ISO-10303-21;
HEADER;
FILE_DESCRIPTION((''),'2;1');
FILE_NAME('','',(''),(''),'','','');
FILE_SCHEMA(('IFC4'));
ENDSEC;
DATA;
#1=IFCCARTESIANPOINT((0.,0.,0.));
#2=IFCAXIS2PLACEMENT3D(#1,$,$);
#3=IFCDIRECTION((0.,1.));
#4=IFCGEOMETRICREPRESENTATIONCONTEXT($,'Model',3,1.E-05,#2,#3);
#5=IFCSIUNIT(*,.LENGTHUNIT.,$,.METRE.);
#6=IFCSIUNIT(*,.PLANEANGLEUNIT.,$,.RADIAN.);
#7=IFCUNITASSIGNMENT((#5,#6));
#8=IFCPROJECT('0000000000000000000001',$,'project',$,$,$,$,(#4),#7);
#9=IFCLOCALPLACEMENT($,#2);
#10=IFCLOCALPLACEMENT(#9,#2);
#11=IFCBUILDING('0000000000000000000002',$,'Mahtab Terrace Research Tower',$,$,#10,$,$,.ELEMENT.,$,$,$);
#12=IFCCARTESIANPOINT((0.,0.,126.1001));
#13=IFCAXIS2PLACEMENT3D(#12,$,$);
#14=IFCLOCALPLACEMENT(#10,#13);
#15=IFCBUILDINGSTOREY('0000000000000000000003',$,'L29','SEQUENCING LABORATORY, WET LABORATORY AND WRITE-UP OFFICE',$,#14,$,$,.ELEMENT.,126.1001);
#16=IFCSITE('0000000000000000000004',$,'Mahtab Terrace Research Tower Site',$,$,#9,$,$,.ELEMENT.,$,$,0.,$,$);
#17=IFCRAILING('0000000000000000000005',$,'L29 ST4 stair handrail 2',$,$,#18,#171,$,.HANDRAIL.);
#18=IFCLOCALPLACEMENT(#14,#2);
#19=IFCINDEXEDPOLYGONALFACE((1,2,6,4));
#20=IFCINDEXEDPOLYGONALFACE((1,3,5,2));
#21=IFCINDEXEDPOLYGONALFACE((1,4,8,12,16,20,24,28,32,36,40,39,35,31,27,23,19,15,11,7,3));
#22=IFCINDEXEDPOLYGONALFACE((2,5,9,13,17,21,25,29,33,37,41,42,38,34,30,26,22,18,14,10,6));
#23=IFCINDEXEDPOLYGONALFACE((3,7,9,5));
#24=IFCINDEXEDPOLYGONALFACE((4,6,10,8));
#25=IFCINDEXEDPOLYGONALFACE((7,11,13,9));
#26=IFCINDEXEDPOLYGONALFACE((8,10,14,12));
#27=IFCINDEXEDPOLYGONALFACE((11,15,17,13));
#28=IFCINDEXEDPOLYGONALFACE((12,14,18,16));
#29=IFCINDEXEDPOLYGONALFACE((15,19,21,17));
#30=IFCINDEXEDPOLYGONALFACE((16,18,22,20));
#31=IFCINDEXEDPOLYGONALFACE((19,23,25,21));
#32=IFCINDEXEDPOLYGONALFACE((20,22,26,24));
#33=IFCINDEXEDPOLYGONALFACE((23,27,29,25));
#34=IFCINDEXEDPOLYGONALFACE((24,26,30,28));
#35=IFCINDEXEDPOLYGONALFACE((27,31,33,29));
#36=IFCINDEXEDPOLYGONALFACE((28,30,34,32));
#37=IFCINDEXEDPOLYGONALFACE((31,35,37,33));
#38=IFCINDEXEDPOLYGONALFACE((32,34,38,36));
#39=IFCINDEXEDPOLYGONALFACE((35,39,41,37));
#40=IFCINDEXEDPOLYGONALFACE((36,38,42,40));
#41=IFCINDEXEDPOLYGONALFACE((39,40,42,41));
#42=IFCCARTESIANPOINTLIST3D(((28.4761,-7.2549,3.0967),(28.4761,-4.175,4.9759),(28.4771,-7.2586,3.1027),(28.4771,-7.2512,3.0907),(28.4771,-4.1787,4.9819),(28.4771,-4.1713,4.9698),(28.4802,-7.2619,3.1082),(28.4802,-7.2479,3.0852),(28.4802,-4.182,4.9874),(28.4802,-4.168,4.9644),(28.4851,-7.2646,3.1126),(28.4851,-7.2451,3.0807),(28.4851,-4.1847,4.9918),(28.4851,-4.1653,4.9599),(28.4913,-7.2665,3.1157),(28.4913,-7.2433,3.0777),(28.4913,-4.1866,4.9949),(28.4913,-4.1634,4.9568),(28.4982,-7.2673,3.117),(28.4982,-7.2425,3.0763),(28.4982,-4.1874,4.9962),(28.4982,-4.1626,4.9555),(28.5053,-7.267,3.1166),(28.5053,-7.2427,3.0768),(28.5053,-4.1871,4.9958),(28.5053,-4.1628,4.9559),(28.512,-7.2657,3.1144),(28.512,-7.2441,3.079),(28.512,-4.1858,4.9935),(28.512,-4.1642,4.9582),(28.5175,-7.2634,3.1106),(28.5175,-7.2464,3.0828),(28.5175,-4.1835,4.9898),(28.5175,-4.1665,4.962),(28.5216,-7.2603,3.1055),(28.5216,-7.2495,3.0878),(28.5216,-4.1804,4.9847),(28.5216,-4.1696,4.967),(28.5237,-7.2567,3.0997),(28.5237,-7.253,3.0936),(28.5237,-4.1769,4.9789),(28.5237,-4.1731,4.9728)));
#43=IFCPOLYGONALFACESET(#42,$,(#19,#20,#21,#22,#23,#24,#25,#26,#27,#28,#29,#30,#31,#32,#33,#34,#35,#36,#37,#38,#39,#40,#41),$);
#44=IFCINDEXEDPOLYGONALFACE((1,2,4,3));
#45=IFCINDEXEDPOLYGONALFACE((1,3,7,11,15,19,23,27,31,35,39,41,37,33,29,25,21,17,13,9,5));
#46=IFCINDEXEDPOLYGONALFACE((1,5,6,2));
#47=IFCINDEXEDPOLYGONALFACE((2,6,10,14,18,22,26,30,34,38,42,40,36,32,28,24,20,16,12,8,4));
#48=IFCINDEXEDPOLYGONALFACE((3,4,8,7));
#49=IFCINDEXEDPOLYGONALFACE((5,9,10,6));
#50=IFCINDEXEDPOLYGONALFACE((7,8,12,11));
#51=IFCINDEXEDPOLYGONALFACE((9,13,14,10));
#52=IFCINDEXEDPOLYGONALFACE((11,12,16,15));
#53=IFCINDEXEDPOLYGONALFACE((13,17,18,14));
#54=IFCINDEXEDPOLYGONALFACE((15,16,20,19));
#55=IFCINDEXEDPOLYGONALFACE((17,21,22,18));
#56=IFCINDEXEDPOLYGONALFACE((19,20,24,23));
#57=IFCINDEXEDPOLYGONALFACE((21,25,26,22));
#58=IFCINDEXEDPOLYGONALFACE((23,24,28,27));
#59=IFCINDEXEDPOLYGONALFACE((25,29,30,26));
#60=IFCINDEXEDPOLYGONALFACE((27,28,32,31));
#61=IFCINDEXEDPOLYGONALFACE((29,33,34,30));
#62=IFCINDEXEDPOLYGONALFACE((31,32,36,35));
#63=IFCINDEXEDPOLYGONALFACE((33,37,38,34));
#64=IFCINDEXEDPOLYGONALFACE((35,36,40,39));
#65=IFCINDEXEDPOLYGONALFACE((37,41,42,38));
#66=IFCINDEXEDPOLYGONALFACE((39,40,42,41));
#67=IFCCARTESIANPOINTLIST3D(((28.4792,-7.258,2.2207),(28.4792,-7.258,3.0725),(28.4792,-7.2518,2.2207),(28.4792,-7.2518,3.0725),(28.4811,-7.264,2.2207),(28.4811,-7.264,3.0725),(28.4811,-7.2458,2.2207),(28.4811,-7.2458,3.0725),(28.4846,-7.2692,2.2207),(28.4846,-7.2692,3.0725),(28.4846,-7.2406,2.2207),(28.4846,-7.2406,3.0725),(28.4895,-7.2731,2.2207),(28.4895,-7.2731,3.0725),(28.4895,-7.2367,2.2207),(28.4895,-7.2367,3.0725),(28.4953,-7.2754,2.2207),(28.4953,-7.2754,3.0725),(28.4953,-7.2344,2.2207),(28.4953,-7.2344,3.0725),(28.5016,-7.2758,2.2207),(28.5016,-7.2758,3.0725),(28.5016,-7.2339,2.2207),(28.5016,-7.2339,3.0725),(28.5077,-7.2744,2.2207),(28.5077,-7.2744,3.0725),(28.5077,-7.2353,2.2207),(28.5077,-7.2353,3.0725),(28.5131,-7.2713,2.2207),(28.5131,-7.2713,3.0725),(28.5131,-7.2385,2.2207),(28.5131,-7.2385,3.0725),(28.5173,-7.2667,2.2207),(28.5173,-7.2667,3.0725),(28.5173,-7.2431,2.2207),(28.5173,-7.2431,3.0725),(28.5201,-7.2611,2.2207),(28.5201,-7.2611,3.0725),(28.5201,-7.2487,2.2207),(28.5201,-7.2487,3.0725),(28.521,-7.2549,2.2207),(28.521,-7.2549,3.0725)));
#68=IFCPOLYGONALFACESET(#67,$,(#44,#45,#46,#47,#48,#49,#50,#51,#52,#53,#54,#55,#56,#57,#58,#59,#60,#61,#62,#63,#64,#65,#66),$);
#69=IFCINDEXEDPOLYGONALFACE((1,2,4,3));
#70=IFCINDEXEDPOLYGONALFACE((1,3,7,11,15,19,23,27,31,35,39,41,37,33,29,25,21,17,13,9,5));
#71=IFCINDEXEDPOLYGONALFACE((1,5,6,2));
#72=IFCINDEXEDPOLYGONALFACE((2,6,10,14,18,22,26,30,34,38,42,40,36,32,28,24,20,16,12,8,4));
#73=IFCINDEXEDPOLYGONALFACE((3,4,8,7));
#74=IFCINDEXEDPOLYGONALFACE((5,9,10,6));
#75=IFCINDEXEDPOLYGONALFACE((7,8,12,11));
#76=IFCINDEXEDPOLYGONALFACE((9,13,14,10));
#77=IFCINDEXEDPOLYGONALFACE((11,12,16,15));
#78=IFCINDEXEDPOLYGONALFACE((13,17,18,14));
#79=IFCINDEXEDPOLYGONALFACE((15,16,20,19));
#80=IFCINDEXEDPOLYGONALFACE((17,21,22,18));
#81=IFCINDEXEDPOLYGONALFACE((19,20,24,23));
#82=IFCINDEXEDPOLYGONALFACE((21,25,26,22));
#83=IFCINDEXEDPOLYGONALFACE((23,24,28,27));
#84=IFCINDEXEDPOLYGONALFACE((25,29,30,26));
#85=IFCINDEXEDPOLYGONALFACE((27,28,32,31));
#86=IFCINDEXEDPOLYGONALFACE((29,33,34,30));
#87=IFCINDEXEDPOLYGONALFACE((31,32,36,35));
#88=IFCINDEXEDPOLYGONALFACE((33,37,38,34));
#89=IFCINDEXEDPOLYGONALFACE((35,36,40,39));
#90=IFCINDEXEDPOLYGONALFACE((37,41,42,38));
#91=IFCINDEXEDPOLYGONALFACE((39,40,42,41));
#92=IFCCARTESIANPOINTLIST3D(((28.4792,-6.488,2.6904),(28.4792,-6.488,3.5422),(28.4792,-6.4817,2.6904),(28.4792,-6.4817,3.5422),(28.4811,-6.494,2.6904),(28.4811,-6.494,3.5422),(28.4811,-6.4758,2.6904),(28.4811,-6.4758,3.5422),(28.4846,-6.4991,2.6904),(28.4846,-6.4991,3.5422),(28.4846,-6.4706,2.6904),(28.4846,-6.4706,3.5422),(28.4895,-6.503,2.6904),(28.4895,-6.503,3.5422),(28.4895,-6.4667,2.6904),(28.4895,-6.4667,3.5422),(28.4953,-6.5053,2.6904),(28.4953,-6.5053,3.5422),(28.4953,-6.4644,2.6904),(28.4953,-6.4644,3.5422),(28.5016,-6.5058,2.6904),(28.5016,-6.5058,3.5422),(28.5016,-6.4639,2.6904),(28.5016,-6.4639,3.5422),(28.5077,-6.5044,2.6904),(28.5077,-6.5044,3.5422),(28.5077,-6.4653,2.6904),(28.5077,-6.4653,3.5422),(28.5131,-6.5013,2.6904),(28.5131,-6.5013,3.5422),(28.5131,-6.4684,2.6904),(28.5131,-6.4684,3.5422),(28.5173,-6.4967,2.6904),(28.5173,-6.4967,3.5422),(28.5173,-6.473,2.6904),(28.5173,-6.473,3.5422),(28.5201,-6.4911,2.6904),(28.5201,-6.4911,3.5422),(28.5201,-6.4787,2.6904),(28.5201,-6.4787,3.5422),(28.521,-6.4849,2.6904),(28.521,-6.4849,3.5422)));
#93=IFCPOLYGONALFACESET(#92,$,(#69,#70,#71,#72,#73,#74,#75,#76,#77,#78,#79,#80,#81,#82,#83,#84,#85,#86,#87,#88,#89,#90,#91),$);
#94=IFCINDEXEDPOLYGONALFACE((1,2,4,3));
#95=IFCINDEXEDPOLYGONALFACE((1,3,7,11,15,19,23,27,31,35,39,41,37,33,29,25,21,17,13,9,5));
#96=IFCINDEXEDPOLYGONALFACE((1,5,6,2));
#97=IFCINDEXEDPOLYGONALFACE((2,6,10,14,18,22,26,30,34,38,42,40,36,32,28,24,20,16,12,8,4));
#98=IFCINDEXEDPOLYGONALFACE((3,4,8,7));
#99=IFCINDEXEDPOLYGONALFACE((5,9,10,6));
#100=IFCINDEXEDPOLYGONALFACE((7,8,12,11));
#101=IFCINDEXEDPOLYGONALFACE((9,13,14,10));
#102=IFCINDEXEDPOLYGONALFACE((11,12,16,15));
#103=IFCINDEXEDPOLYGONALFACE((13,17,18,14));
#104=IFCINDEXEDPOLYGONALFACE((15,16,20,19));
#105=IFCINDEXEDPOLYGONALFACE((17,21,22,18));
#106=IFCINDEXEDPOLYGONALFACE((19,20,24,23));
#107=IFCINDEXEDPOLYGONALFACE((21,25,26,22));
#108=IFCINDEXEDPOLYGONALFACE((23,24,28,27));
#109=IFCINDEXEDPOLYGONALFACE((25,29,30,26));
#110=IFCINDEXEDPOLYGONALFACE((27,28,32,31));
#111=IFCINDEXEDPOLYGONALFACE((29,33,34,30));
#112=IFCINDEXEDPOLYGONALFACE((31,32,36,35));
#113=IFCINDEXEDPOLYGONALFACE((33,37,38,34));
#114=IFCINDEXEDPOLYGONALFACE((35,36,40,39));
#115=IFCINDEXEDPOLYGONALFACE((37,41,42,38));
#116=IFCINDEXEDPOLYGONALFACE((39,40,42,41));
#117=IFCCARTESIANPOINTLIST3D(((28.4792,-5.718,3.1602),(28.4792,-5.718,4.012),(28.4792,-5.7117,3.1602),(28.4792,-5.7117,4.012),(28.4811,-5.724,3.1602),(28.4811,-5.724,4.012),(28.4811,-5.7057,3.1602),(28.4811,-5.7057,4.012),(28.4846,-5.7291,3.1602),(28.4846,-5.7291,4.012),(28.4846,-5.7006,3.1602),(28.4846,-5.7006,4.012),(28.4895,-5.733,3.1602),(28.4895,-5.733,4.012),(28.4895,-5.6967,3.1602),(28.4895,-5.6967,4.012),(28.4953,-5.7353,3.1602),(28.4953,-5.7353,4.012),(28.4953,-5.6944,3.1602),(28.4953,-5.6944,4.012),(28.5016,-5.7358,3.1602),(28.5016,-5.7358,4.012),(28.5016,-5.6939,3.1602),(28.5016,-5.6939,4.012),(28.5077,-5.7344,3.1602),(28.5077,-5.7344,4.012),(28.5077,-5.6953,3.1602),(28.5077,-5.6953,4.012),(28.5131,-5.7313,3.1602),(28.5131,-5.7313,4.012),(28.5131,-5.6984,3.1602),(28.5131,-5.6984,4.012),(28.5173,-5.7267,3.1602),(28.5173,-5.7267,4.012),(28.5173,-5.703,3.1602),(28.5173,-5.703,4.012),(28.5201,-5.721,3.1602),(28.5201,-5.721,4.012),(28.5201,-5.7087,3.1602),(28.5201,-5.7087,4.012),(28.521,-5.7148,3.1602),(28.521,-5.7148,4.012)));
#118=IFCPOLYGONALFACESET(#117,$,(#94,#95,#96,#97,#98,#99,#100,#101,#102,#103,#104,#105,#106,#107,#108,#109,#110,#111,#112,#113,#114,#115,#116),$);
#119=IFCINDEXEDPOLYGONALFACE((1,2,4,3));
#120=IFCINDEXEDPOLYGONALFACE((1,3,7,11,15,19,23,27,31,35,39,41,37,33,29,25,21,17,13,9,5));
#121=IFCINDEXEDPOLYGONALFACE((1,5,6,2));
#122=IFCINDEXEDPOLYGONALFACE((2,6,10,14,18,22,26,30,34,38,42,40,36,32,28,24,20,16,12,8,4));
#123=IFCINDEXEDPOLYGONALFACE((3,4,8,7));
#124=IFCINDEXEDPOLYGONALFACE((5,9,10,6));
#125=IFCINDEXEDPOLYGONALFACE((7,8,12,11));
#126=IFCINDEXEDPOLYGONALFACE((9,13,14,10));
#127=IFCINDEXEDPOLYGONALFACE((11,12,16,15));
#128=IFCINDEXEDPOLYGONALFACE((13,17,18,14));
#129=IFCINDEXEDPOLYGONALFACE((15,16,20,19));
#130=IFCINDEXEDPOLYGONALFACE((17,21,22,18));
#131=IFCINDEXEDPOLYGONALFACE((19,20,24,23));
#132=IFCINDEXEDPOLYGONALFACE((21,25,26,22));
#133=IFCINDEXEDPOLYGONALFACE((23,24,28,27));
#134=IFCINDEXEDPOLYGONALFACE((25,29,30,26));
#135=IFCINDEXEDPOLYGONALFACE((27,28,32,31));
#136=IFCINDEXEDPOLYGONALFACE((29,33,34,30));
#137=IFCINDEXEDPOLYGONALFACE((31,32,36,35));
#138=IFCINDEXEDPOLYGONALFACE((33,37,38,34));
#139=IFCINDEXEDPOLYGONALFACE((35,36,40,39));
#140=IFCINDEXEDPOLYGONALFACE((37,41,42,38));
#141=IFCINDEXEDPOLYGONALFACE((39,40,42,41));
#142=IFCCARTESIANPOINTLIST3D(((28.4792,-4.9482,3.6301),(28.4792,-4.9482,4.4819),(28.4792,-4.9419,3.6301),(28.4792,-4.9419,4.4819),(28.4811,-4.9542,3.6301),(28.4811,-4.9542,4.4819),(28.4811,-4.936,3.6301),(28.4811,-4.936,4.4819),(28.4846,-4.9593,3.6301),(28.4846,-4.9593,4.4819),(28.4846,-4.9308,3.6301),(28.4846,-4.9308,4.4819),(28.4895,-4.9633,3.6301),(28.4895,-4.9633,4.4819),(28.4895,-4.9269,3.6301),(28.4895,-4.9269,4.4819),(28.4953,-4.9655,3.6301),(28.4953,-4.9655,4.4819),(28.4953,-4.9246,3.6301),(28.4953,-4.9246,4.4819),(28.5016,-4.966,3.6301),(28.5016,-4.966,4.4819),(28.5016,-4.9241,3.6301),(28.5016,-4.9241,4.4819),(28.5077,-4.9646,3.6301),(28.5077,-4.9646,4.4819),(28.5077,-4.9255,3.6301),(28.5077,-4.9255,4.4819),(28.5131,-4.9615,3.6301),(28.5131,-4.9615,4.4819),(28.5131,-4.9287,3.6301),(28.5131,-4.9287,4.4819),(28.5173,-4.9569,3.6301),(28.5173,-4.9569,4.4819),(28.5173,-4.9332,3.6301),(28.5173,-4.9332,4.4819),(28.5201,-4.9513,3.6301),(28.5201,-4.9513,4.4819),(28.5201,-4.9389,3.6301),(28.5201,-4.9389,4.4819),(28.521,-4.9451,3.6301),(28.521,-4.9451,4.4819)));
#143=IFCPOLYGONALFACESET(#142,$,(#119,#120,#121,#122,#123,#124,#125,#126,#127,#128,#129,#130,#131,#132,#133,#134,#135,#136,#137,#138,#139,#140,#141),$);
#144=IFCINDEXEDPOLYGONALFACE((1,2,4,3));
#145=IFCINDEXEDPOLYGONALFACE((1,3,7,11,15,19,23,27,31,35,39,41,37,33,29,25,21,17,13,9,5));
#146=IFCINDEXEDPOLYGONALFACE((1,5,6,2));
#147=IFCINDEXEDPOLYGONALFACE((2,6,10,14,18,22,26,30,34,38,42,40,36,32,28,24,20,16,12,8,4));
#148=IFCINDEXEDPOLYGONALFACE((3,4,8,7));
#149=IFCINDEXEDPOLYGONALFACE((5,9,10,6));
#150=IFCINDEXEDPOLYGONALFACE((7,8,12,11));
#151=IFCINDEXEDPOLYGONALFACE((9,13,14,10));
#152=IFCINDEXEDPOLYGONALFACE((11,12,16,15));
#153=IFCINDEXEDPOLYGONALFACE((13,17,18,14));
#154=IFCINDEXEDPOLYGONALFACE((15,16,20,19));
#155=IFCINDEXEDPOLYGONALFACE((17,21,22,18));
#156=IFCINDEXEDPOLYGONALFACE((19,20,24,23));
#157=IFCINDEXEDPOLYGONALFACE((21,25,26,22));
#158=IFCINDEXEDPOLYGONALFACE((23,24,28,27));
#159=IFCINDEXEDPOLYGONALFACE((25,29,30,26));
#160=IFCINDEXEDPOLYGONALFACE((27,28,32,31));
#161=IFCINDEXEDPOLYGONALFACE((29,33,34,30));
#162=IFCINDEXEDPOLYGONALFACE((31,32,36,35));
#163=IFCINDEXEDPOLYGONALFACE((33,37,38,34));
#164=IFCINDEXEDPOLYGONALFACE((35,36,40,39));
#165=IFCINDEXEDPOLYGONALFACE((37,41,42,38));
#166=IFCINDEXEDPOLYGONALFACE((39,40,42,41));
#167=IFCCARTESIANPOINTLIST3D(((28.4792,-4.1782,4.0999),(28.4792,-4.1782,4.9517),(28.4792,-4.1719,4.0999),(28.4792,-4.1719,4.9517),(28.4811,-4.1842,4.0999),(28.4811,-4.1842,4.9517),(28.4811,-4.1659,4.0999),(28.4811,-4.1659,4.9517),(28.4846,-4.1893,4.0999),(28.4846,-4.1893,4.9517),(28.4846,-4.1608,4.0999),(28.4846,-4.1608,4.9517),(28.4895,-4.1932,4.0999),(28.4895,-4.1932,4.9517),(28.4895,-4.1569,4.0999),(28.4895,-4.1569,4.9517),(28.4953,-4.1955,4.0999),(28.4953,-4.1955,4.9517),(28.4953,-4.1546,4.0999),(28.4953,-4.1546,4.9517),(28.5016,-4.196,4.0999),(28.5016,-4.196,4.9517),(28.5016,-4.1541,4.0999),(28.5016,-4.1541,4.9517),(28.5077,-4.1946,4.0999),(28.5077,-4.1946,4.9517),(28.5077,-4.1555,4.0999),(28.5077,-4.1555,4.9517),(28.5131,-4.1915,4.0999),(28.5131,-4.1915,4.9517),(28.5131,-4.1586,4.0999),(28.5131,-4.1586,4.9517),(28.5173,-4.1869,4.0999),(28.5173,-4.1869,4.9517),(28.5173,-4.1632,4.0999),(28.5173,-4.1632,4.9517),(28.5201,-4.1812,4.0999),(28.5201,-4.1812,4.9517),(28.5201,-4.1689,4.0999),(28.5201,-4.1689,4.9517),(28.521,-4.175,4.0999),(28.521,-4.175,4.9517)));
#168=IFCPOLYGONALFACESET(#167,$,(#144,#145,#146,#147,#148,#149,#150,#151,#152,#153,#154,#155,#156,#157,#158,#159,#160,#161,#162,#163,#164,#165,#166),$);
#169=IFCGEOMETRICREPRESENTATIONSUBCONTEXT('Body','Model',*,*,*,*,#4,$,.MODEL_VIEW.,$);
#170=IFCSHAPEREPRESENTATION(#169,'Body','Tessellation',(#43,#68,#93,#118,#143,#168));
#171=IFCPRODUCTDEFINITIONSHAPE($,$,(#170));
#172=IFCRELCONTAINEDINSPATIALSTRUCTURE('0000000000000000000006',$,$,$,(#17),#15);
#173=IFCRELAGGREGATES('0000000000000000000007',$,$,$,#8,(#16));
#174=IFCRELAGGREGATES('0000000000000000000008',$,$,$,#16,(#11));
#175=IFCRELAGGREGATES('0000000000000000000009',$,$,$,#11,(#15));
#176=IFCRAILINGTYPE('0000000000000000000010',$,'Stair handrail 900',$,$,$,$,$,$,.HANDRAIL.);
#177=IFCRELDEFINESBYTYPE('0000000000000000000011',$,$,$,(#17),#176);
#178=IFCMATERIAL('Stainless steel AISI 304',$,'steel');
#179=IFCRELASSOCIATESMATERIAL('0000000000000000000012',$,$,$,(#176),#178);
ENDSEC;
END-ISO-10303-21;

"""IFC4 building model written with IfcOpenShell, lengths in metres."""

from ifc_helpers import new_model, si_unit, direction, frame, origin, origin_2d, place, context, subcontext, project, spatial, circle, extrude, material, type_object, element, save


model = new_model("IFC4")

# Units and contexts
model_context = context("Model", 3, precision=1e-05, world=origin(), true_north=direction((0.0, 1.0)))
body_context = subcontext(model_context, "Body", "Model", "MODEL_VIEW")
ifc_project = project(units=[si_unit("LENGTHUNIT", "METRE"), si_unit("PLANEANGLEUNIT", "RADIAN")], contexts=[model_context])

# Site, building, storey
site_placement = place(None, origin())
site = spatial("IfcSite", under=ifc_project, at=site_placement, Name="Mahtab Terrace Research Tower Site", CompositionType="ELEMENT", RefElevation=0.0)
building_placement = place(site_placement, origin())
building = spatial("IfcBuilding", under=site, at=building_placement, Name="Mahtab Terrace Research Tower", CompositionType="ELEMENT")
storey_placement = place(building_placement, frame((0.0, 0.0, 126.1001)))
storey = spatial("IfcBuildingStorey", under=building, at=storey_placement, Name="L29", Description="SEQUENCING LABORATORY, WET LABORATORY AND WRITE-UP OFFICE", CompositionType="ELEMENT", Elevation=126.1001)

# Railing
ifc_material_1 = material(Name="Stainless steel AISI 304", Category="steel")
railing_type_1 = type_object("IfcRailingType", Name="Stair handrail 900", PredefinedType="HANDRAIL", material=ifc_material_1)
railing_1_placement = place(storey_placement, frame((28.5, -7.2549, 2.2207)))
element("IfcRailing", 1, at=railing_1_placement, inside=storey, type_object=railing_type_1, Name="L29 ST4 stair handrail 2", PredefinedType="HANDRAIL", context=body_context, shape_type="SweptSolid", body=[
    extrude(circle(Radius=0.0239, at=origin_2d()), frame((0.0, 0.0, 0.876), z_axis=(0.0, 0.853648, 0.52085), x_axis=(-1.0, 0.0, 0.0)), (0.0, 0.0, 1.0), 3.6079),
    extrude(circle(Radius=0.021, at=origin_2d()), origin(), (0.0, 0.0, 1.0), 0.8518),
    extrude(circle(Radius=0.021, at=origin_2d()), frame((0.0, 0.77, 0.4697)), (0.0, 0.0, 1.0), 0.8518),
    extrude(circle(Radius=0.021, at=origin_2d()), frame((0.0, 1.54, 0.9395)), (0.0, 0.0, 1.0), 0.8518),
    extrude(circle(Radius=0.021, at=origin_2d()), frame((0.0, 2.3098, 1.4094)), (0.0, 0.0, 1.0), 0.8518),
    extrude(circle(Radius=0.021, at=origin_2d()), frame((0.0, 3.0798, 1.8792)), (0.0, 0.0, 1.0), 0.8518),
])

save(model, "model.ifc")
